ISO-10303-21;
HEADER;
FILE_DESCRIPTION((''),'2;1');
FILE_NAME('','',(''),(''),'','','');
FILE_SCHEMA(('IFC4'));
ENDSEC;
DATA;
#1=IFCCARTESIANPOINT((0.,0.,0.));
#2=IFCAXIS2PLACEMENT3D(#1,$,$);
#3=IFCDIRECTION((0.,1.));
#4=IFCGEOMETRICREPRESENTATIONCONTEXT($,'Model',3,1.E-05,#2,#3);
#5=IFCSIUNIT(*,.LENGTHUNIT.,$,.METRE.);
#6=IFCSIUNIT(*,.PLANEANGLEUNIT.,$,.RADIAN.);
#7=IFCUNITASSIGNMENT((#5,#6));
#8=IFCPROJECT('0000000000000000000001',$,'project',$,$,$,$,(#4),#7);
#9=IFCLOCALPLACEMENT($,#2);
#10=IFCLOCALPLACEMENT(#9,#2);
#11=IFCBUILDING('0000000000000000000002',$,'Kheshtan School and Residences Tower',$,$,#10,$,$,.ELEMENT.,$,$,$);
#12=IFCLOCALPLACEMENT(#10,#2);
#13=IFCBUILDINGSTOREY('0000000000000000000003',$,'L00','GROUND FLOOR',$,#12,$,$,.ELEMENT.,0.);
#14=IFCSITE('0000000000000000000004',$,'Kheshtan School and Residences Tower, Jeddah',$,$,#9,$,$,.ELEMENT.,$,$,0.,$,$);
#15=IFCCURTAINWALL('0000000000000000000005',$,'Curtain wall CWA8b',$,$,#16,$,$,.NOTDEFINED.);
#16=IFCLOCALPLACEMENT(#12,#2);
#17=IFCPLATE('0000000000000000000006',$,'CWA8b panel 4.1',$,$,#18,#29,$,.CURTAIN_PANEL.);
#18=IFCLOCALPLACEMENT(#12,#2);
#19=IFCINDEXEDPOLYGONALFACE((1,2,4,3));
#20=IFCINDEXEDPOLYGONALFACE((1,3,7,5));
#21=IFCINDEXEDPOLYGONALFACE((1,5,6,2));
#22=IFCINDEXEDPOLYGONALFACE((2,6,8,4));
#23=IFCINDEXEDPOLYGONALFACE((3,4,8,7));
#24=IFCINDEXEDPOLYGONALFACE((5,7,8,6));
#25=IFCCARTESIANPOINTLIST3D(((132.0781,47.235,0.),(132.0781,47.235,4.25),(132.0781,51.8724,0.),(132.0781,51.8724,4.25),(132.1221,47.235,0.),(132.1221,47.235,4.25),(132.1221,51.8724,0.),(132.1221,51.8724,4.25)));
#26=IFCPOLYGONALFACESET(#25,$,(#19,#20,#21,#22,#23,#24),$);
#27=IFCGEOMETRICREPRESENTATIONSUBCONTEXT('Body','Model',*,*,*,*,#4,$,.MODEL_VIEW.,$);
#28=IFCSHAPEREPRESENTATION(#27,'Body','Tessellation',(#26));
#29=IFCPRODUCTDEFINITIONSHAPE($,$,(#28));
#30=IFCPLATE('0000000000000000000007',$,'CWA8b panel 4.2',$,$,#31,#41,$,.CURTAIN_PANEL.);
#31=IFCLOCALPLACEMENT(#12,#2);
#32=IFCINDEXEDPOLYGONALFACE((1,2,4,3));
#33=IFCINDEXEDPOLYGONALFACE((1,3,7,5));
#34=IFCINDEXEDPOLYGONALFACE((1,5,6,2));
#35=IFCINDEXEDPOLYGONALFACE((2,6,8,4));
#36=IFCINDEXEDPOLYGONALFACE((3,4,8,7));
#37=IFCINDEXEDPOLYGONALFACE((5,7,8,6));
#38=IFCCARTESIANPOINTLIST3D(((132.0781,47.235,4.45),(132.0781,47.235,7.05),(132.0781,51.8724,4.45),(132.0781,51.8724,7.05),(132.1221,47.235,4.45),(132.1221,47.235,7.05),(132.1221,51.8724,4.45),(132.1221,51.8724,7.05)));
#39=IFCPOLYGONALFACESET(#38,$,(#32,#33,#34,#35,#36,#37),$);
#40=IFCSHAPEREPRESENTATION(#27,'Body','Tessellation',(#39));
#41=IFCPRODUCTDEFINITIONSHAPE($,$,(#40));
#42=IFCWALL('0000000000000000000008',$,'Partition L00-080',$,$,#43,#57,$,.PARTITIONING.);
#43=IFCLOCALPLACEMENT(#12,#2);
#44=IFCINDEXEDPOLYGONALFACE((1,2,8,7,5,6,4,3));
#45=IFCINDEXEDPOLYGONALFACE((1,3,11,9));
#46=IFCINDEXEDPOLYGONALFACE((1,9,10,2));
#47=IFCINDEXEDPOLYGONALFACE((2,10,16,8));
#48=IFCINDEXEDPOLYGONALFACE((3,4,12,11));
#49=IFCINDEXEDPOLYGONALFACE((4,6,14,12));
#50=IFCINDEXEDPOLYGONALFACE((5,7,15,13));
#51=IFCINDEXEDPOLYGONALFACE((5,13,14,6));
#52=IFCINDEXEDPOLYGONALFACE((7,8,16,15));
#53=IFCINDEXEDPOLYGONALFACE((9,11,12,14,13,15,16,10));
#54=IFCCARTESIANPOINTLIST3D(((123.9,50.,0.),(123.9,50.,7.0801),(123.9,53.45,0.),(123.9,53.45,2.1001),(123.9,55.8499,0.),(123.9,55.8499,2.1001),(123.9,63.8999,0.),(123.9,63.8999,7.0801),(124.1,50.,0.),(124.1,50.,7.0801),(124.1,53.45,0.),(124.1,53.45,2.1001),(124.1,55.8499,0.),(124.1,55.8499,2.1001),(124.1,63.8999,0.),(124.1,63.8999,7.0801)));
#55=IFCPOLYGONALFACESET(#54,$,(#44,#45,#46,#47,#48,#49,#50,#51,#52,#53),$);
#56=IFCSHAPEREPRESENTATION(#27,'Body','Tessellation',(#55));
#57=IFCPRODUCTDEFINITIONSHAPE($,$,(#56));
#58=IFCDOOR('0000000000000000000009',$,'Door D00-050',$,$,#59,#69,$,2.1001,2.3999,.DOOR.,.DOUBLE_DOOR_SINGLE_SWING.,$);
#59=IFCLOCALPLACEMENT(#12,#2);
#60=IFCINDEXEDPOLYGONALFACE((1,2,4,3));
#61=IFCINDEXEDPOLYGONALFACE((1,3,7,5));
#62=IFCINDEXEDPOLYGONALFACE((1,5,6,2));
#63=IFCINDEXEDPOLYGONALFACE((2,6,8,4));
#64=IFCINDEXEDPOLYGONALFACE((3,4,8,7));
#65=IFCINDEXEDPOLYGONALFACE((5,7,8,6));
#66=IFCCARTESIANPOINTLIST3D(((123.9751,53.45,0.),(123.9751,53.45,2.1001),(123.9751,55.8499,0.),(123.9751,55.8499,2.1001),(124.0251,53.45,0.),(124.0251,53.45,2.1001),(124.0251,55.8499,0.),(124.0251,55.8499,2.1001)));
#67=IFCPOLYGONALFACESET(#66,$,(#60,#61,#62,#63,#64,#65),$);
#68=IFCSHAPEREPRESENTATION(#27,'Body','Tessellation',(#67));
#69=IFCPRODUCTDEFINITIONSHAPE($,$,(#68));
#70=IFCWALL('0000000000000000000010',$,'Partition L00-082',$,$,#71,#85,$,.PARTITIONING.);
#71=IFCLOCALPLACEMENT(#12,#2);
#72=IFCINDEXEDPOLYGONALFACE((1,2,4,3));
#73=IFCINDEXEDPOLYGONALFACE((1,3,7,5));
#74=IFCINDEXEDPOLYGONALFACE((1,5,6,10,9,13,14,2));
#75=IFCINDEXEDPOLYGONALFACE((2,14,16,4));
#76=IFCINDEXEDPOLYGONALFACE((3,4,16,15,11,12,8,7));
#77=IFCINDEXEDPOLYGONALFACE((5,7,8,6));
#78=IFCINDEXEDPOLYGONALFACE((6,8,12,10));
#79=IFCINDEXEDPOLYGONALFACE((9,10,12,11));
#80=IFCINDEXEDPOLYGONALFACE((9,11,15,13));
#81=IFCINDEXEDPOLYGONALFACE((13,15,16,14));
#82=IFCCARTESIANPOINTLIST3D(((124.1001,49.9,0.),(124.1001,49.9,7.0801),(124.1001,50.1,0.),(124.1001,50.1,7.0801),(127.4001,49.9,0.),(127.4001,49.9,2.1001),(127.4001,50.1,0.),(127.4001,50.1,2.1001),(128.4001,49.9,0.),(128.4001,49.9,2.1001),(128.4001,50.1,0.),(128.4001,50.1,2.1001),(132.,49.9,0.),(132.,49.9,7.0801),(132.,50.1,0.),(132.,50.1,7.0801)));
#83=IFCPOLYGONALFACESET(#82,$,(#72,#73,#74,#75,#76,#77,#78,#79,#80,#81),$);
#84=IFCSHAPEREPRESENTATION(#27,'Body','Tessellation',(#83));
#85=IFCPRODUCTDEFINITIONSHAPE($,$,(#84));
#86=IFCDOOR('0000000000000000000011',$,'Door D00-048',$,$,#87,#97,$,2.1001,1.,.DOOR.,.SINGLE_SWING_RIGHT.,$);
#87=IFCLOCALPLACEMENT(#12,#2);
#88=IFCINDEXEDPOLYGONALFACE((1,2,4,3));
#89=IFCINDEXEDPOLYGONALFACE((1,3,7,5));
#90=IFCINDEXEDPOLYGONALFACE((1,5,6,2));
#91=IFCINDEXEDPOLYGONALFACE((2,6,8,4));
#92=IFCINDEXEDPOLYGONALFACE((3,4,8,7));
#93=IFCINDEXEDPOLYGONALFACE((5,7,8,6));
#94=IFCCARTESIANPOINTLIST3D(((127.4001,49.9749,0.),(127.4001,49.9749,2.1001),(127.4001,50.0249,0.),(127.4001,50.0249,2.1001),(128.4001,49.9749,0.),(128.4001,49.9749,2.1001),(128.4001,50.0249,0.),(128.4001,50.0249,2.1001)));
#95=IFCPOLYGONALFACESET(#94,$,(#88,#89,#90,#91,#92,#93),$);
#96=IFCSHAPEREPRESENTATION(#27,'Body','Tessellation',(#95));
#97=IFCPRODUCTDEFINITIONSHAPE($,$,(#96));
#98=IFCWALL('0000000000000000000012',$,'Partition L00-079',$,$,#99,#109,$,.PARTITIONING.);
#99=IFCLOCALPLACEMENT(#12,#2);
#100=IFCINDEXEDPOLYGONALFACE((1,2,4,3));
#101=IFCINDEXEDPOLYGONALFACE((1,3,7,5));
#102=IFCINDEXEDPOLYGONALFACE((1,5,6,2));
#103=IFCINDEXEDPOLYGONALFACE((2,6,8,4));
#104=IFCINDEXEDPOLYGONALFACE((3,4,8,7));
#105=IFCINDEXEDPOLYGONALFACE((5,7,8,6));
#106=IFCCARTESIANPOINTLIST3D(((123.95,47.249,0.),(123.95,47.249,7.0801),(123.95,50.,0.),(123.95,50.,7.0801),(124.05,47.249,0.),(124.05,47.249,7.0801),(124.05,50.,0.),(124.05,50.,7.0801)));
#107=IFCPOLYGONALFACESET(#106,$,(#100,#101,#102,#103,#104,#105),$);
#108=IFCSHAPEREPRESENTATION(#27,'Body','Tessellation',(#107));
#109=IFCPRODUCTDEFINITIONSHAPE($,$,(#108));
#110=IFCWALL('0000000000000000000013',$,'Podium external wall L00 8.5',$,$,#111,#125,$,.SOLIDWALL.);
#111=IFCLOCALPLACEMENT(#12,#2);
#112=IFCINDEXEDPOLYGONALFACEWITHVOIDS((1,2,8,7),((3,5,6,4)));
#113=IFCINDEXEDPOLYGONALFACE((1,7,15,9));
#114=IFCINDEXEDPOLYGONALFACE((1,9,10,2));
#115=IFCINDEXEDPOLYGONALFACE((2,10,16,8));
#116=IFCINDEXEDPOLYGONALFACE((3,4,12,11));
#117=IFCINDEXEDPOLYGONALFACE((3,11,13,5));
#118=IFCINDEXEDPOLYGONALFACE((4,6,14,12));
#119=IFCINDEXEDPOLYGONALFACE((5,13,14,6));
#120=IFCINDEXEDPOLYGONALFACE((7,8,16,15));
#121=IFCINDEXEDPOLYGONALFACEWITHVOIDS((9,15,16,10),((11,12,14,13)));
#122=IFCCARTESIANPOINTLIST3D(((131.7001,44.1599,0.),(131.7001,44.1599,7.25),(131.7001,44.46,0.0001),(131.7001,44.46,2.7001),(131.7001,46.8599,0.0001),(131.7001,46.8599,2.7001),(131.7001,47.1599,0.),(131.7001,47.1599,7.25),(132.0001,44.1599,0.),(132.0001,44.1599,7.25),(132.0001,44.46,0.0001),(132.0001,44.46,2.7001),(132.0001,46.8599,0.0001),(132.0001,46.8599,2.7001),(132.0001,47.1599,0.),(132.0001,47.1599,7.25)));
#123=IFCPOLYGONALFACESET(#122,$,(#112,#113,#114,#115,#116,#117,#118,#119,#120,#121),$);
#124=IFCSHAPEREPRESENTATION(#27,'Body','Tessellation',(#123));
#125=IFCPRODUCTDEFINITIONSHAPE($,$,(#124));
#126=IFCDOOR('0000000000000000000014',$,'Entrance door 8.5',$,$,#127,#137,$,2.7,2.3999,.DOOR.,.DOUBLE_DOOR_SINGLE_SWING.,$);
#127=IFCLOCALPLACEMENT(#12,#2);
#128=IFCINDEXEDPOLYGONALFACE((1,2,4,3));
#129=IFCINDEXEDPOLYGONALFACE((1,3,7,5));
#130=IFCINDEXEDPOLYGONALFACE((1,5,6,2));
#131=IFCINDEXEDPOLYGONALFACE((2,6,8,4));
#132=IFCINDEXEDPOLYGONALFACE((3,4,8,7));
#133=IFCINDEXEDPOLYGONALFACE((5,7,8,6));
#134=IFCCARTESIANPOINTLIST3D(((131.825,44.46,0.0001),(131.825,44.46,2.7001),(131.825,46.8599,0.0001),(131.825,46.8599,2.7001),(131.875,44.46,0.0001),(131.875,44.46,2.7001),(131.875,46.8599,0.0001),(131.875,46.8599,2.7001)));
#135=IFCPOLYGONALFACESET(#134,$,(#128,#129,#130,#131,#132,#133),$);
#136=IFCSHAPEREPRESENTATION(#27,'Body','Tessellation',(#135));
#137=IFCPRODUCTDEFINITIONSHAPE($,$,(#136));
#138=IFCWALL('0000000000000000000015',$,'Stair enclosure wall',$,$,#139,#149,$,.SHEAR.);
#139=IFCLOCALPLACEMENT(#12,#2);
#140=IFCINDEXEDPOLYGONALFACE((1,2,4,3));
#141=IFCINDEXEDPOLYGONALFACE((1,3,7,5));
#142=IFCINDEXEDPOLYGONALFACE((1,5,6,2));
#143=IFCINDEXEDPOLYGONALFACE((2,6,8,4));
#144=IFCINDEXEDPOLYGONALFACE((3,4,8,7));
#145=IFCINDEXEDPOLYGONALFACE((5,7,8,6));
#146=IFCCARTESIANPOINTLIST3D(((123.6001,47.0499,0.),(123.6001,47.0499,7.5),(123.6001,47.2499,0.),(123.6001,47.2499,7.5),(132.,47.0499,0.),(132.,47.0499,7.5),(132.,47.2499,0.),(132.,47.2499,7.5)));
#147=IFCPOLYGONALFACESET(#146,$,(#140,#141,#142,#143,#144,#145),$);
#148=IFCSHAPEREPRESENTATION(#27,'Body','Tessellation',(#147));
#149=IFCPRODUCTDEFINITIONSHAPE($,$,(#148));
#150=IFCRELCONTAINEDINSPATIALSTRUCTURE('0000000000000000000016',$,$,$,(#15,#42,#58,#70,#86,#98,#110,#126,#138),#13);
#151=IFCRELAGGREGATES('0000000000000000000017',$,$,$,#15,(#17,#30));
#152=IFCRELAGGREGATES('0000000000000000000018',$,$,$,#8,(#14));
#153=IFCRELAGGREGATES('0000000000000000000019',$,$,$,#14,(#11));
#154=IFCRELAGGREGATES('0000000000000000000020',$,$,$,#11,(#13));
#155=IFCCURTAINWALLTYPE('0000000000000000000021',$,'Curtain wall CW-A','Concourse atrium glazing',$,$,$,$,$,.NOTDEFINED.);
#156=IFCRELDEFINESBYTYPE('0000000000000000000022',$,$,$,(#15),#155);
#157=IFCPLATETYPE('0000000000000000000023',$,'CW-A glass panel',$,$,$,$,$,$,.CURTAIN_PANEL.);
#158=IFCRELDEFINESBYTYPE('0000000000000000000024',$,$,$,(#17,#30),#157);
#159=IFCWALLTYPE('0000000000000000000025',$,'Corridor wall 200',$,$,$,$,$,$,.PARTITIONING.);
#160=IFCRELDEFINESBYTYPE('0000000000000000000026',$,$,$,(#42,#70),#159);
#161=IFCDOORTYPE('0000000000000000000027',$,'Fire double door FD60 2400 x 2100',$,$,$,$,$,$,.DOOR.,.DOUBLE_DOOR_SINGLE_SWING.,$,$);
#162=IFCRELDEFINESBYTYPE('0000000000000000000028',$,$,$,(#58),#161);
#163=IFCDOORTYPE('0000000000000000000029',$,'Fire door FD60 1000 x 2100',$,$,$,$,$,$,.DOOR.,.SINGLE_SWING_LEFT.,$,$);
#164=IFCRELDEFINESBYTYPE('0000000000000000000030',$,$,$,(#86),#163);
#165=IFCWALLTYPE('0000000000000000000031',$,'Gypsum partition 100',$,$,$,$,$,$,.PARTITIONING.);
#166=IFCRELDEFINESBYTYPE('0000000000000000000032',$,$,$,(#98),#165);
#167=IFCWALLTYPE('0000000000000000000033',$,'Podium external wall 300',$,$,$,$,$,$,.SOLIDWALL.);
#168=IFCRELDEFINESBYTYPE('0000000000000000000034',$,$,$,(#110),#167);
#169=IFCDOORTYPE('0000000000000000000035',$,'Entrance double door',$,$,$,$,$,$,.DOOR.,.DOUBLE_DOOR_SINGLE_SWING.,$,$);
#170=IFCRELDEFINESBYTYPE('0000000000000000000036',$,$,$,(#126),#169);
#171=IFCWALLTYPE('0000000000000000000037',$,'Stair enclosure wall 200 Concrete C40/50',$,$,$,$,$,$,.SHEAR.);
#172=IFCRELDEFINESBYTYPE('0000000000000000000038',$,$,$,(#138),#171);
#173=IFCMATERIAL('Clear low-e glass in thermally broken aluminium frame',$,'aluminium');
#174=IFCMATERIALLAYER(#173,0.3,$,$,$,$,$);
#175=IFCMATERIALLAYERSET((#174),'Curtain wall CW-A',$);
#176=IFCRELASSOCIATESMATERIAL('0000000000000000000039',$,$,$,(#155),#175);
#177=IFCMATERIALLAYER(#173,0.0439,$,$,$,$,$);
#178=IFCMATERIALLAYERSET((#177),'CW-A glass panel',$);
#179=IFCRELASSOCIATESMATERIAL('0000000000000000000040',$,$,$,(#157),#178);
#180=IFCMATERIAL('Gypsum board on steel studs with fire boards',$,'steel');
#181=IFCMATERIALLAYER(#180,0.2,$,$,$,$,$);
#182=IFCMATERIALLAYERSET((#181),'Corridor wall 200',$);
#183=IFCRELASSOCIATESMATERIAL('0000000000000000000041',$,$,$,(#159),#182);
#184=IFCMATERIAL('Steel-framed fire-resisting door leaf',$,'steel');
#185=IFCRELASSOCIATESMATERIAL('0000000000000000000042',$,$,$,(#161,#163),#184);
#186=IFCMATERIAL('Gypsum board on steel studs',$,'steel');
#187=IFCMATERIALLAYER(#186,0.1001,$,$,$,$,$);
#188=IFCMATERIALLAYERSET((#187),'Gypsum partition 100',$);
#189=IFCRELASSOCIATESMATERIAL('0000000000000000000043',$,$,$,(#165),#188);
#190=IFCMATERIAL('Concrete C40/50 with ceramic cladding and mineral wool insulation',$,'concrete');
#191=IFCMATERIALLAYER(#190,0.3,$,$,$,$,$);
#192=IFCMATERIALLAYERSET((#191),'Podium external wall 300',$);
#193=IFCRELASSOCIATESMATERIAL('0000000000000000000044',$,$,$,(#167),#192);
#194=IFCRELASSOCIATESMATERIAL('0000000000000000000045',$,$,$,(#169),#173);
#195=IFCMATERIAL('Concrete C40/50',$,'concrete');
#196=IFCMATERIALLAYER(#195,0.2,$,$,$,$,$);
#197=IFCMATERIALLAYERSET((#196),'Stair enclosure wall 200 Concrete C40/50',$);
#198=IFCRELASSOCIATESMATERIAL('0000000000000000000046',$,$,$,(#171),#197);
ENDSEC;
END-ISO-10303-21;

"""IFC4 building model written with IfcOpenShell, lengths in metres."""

from ifc_helpers import new_model, si_unit, direction, frame, frame_2d, origin, origin_2d, place, context, subcontext, project, spatial, rectangle, extrude, source, transform, mapped, material, layer, layer_set, type_object, element, fill, aggregate, save


model = new_model("IFC4")

# Units and contexts
model_context = context("Model", 3, precision=1e-05, world=origin(), true_north=direction((0.0, 1.0)))
body_context = subcontext(model_context, "Body", "Model", "MODEL_VIEW")
ifc_project = project(units=[si_unit("LENGTHUNIT", "METRE"), si_unit("PLANEANGLEUNIT", "RADIAN")], contexts=[model_context])

# Site, building, storey
site_placement = place(None, origin())
site = spatial("IfcSite", under=ifc_project, at=site_placement, Name="Kheshtan School and Residences Tower, Jeddah", CompositionType="ELEMENT", RefElevation=0.0)
building_placement = place(site_placement, origin())
building = spatial("IfcBuilding", under=site, at=building_placement, Name="Kheshtan School and Residences Tower", CompositionType="ELEMENT")
storey_placement = place(building_placement, origin())
storey = spatial("IfcBuildingStorey", under=building, at=storey_placement, Name="L00", Description="GROUND FLOOR", CompositionType="ELEMENT", Elevation=0.0)

# Curtain wall, plates
ifc_material_1 = material(Name="Clear low-e glass in thermally broken aluminium frame", Category="aluminium")
ifc_layer_1 = layer(ifc_material_1, 0.3)
ifc_layer_set_1 = layer_set([ifc_layer_1], Name="Curtain wall CW-A")
curtain_wall_type = type_object("IfcCurtainWallType", Name="Curtain wall CW-A", Description="Concourse atrium glazing", PredefinedType="NOTDEFINED", material=ifc_layer_set_1)
curtain_wall_placement = place(storey_placement, origin())
curtain_wall = element("IfcCurtainWall", 1, at=curtain_wall_placement, inside=storey, type_object=curtain_wall_type, Name="Curtain wall CWA8b", PredefinedType="NOTDEFINED")
ifc_layer_2 = layer(ifc_material_1, 0.0439)
ifc_layer_set_2 = layer_set([ifc_layer_2], Name="CW-A glass panel")
plate_type = type_object("IfcPlateType", Name="CW-A glass panel", PredefinedType="CURTAIN_PANEL", material=ifc_layer_set_2)
plate_1_placement = place(storey_placement, frame((132.1001, 49.5537, 0.0), z_axis=(0.0, 0.0, 1.0), x_axis=(0.0, -1.0, 0.0)))
plate_1 = element("IfcPlate", 2, at=plate_1_placement, type_object=plate_type, Name="CWA8b panel 4.1", PredefinedType="CURTAIN_PANEL", context=body_context, shape_type="SweptSolid", body=[
    extrude(rectangle(XDim=4.6375, YDim=0.0439, at=origin_2d()), origin(), (0.0, 0.0, 1.0), 4.25),
])
plate_2_placement = place(storey_placement, frame((132.1001, 49.5537, 4.45), z_axis=(0.0, 0.0, 1.0), x_axis=(0.0, -1.0, 0.0)))
plate_2 = element("IfcPlate", 3, at=plate_2_placement, type_object=plate_type, Name="CWA8b panel 4.2", PredefinedType="CURTAIN_PANEL", context=body_context, shape_type="SweptSolid", body=[
    extrude(rectangle(XDim=4.6375, YDim=0.0439, at=origin_2d()), origin(), (0.0, 0.0, 1.0), 2.6001),
])
aggregate(curtain_wall, [plate_1, plate_2])

# Walls, openings, doors
ifc_material_2 = material(Name="Gypsum board on steel studs with fire boards", Category="steel")
ifc_layer_3 = layer(ifc_material_2, 0.2)
ifc_layer_set_3 = layer_set([ifc_layer_3], Name="Corridor wall 200")
wall_type_1 = type_object("IfcWallType", Name="Corridor wall 200", PredefinedType="PARTITIONING", material=ifc_layer_set_3)
wall_1_placement = place(storey_placement, frame((124.0, 50.0, 0.0), z_axis=(0.0, 0.0, 1.0), x_axis=(0.0, 1.0, 0.0)))
wall_1 = element("IfcWall", 4, at=wall_1_placement, inside=storey, type_object=wall_type_1, Name="Partition L00-080", PredefinedType="PARTITIONING", context=body_context, shape_type="SweptSolid", body=[
    extrude(rectangle(XDim=13.8999, YDim=0.2, at=frame_2d((6.95, 0.0))), origin(), (0.0, 0.0, 1.0), 7.0801),
])
opening_1_placement = place(wall_1_placement, frame((3.45, 0.0, 0.0)))
opening_1 = element("IfcOpeningElement", 5, at=opening_1_placement, cuts=wall_1, PredefinedType="OPENING", context=body_context, shape_type="SweptSolid", body=[
    extrude(rectangle(XDim=2.3999, YDim=2.1001, at=frame_2d((1.2, 1.05))), frame((0.0, 0.1099, 0.0), z_axis=(0.0, -1.0, 0.0), x_axis=(1.0, 0.0, 0.0)), (0.0, 0.0, 1.0), 0.22),
])
ifc_material_3 = material(Name="Steel-framed fire-resisting door leaf", Category="steel")
door_type_1 = type_object("IfcDoorType", Name="Fire double door FD60 2400 x 2100", OperationType="DOUBLE_DOOR_SINGLE_SWING", PredefinedType="DOOR", material=ifc_material_3)
shared_shape_1 = source(origin(), body_context, "Body", "SweptSolid", [
    extrude(rectangle(XDim=2.3999, YDim=2.1001, at=frame_2d((1.2, 1.05))), frame((0.0, 0.0249, 0.0), z_axis=(0.0, -1.0, 0.0), x_axis=(1.0, 0.0, 0.0)), (0.0, 0.0, 1.0), 0.05),
])
door_1_placement = place(opening_1_placement, origin())
door_1 = element("IfcDoor", 6, at=door_1_placement, inside=storey, type_object=door_type_1, Name="Door D00-050", OperationType="DOUBLE_DOOR_SINGLE_SWING", OverallHeight=2.1001, OverallWidth=2.3999, PredefinedType="DOOR", context=body_context, shape_type="MappedRepresentation", body=[
    mapped(shared_shape_1, transform((0.0, 0.0, 0.0), x_axis=(1.0, 0.0, 0.0), y_axis=(0.0, 1.0, 0.0), z_axis=(0.0, 0.0, 1.0), scale=1.0)),
])
fill(opening_1, door_1)
wall_2_placement = place(storey_placement, frame((124.1001, 50.0, 0.0), z_axis=(0.0, 0.0, 1.0), x_axis=(1.0, 0.0, 0.0)))
wall_2 = element("IfcWall", 7, at=wall_2_placement, inside=storey, type_object=wall_type_1, Name="Partition L00-082", PredefinedType="PARTITIONING", context=body_context, shape_type="SweptSolid", body=[
    extrude(rectangle(XDim=7.8999, YDim=0.2, at=frame_2d((3.95, 0.0))), origin(), (0.0, 0.0, 1.0), 7.0801),
])
opening_2_placement = place(wall_2_placement, frame((3.3, 0.0, 0.0)))
opening_2 = element("IfcOpeningElement", 8, at=opening_2_placement, cuts=wall_2, PredefinedType="OPENING", context=body_context, shape_type="SweptSolid", body=[
    extrude(rectangle(XDim=1.0, YDim=2.1001, at=frame_2d((0.5, 1.05))), frame((0.0, 0.1099, 0.0), z_axis=(0.0, -1.0, 0.0), x_axis=(1.0, 0.0, 0.0)), (0.0, 0.0, 1.0), 0.22),
])
door_type_2 = type_object("IfcDoorType", Name="Fire door FD60 1000 x 2100", OperationType="SINGLE_SWING_LEFT", PredefinedType="DOOR", material=ifc_material_3)
shared_shape_2 = source(origin(), body_context, "Body", "SweptSolid", [
    extrude(rectangle(XDim=1.0, YDim=2.1001, at=frame_2d((0.5, 1.05))), frame((0.0, 0.0249, 0.0), z_axis=(0.0, -1.0, 0.0), x_axis=(1.0, 0.0, 0.0)), (0.0, 0.0, 1.0), 0.05),
])
door_2_placement = place(opening_2_placement, origin())
door_2 = element("IfcDoor", 9, at=door_2_placement, inside=storey, type_object=door_type_2, Name="Door D00-048", OperationType="SINGLE_SWING_RIGHT", OverallHeight=2.1001, OverallWidth=1.0, PredefinedType="DOOR", context=body_context, shape_type="MappedRepresentation", body=[
    mapped(shared_shape_2, transform((0.0, 0.0, 0.0), x_axis=(1.0, 0.0, 0.0), y_axis=(0.0, 1.0, 0.0), z_axis=(0.0, 0.0, 1.0), scale=1.0)),
])
fill(opening_2, door_2)

# Wall
ifc_material_4 = material(Name="Gypsum board on steel studs", Category="steel")
ifc_layer_4 = layer(ifc_material_4, 0.1001)
ifc_layer_set_4 = layer_set([ifc_layer_4], Name="Gypsum partition 100")
wall_type_2 = type_object("IfcWallType", Name="Gypsum partition 100", PredefinedType="PARTITIONING", material=ifc_layer_set_4)
wall_3_placement = place(storey_placement, frame((124.0, 47.249, 0.0), z_axis=(0.0, 0.0, 1.0), x_axis=(0.0, 1.0, 0.0)))
element("IfcWall", 10, at=wall_3_placement, inside=storey, type_object=wall_type_2, Name="Partition L00-079", PredefinedType="PARTITIONING", context=body_context, shape_type="SweptSolid", body=[
    extrude(rectangle(XDim=2.751, YDim=0.1001, at=frame_2d((1.3755, 0.0))), origin(), (0.0, 0.0, 1.0), 7.0801),
])

# Wall, opening, door
ifc_material_5 = material(Name="Concrete C40/50 with ceramic cladding and mineral wool insulation", Category="concrete")
ifc_layer_5 = layer(ifc_material_5, 0.3)
ifc_layer_set_5 = layer_set([ifc_layer_5], Name="Podium external wall 300")
wall_type_3 = type_object("IfcWallType", Name="Podium external wall 300", PredefinedType="SOLIDWALL", material=ifc_layer_set_5)
wall_4_placement = place(storey_placement, frame((131.8501, 47.1599, 0.0), z_axis=(0.0, 0.0, 1.0), x_axis=(0.0, -1.0, 0.0)))
wall_4 = element("IfcWall", 11, at=wall_4_placement, inside=storey, type_object=wall_type_3, Name="Podium external wall L00 8.5", PredefinedType="SOLIDWALL", context=body_context, shape_type="SweptSolid", body=[
    extrude(rectangle(XDim=3.0, YDim=0.3, at=frame_2d((1.5, 0.0))), origin(), (0.0, 0.0, 1.0), 7.25),
])
opening_3_placement = place(wall_4_placement, frame((0.3, 0.0, 0.0)))
opening_3 = element("IfcOpeningElement", 12, at=opening_3_placement, cuts=wall_4, PredefinedType="OPENING", context=body_context, shape_type="SweptSolid", body=[
    extrude(rectangle(XDim=2.3999, YDim=2.7, at=frame_2d((1.2, 1.3501))), frame((0.0, 0.1602, 0.0), z_axis=(0.0, -1.0, 0.0), x_axis=(1.0, 0.0, 0.0)), (0.0, 0.0, 1.0), 0.3201),
])
door_type_3 = type_object("IfcDoorType", Name="Entrance double door", OperationType="DOUBLE_DOOR_SINGLE_SWING", PredefinedType="DOOR", material=ifc_material_1)
shared_shape_3 = source(origin(), body_context, "Body", "SweptSolid", [
    extrude(rectangle(XDim=2.3999, YDim=2.7, at=frame_2d((1.2, 1.3501))), frame((0.0, 0.0249, 0.0), z_axis=(0.0, -1.0, 0.0), x_axis=(1.0, 0.0, 0.0)), (0.0, 0.0, 1.0), 0.05),
])
door_3_placement = place(opening_3_placement, origin())
door_3 = element("IfcDoor", 13, at=door_3_placement, inside=storey, type_object=door_type_3, Name="Entrance door 8.5", OperationType="DOUBLE_DOOR_SINGLE_SWING", OverallHeight=2.7, OverallWidth=2.3999, PredefinedType="DOOR", context=body_context, shape_type="MappedRepresentation", body=[
    mapped(shared_shape_3, transform((0.0, 0.0, 0.0), x_axis=(1.0, 0.0, 0.0), y_axis=(0.0, 1.0, 0.0), z_axis=(0.0, 0.0, 1.0), scale=1.0)),
])
fill(opening_3, door_3)

# Wall
ifc_material_6 = material(Name="Concrete C40/50", Category="concrete")
ifc_layer_6 = layer(ifc_material_6, 0.2)
ifc_layer_set_6 = layer_set([ifc_layer_6], Name="Stair enclosure wall 200 Concrete C40/50")
wall_type_4 = type_object("IfcWallType", Name="Stair enclosure wall 200 Concrete C40/50", PredefinedType="SHEAR", material=ifc_layer_set_6)
wall_5_placement = place(storey_placement, frame((123.6001, 47.1499, 0.0), z_axis=(0.0, 0.0, 1.0), x_axis=(1.0, 0.0, 0.0)))
element("IfcWall", 14, at=wall_5_placement, inside=storey, type_object=wall_type_4, Name="Stair enclosure wall", PredefinedType="SHEAR", context=body_context, shape_type="SweptSolid", body=[
    extrude(rectangle(XDim=8.3999, YDim=0.2, at=frame_2d((4.2, 0.0))), origin(), (0.0, 0.0, 1.0), 7.5),
])

save(model, "model.ifc")
